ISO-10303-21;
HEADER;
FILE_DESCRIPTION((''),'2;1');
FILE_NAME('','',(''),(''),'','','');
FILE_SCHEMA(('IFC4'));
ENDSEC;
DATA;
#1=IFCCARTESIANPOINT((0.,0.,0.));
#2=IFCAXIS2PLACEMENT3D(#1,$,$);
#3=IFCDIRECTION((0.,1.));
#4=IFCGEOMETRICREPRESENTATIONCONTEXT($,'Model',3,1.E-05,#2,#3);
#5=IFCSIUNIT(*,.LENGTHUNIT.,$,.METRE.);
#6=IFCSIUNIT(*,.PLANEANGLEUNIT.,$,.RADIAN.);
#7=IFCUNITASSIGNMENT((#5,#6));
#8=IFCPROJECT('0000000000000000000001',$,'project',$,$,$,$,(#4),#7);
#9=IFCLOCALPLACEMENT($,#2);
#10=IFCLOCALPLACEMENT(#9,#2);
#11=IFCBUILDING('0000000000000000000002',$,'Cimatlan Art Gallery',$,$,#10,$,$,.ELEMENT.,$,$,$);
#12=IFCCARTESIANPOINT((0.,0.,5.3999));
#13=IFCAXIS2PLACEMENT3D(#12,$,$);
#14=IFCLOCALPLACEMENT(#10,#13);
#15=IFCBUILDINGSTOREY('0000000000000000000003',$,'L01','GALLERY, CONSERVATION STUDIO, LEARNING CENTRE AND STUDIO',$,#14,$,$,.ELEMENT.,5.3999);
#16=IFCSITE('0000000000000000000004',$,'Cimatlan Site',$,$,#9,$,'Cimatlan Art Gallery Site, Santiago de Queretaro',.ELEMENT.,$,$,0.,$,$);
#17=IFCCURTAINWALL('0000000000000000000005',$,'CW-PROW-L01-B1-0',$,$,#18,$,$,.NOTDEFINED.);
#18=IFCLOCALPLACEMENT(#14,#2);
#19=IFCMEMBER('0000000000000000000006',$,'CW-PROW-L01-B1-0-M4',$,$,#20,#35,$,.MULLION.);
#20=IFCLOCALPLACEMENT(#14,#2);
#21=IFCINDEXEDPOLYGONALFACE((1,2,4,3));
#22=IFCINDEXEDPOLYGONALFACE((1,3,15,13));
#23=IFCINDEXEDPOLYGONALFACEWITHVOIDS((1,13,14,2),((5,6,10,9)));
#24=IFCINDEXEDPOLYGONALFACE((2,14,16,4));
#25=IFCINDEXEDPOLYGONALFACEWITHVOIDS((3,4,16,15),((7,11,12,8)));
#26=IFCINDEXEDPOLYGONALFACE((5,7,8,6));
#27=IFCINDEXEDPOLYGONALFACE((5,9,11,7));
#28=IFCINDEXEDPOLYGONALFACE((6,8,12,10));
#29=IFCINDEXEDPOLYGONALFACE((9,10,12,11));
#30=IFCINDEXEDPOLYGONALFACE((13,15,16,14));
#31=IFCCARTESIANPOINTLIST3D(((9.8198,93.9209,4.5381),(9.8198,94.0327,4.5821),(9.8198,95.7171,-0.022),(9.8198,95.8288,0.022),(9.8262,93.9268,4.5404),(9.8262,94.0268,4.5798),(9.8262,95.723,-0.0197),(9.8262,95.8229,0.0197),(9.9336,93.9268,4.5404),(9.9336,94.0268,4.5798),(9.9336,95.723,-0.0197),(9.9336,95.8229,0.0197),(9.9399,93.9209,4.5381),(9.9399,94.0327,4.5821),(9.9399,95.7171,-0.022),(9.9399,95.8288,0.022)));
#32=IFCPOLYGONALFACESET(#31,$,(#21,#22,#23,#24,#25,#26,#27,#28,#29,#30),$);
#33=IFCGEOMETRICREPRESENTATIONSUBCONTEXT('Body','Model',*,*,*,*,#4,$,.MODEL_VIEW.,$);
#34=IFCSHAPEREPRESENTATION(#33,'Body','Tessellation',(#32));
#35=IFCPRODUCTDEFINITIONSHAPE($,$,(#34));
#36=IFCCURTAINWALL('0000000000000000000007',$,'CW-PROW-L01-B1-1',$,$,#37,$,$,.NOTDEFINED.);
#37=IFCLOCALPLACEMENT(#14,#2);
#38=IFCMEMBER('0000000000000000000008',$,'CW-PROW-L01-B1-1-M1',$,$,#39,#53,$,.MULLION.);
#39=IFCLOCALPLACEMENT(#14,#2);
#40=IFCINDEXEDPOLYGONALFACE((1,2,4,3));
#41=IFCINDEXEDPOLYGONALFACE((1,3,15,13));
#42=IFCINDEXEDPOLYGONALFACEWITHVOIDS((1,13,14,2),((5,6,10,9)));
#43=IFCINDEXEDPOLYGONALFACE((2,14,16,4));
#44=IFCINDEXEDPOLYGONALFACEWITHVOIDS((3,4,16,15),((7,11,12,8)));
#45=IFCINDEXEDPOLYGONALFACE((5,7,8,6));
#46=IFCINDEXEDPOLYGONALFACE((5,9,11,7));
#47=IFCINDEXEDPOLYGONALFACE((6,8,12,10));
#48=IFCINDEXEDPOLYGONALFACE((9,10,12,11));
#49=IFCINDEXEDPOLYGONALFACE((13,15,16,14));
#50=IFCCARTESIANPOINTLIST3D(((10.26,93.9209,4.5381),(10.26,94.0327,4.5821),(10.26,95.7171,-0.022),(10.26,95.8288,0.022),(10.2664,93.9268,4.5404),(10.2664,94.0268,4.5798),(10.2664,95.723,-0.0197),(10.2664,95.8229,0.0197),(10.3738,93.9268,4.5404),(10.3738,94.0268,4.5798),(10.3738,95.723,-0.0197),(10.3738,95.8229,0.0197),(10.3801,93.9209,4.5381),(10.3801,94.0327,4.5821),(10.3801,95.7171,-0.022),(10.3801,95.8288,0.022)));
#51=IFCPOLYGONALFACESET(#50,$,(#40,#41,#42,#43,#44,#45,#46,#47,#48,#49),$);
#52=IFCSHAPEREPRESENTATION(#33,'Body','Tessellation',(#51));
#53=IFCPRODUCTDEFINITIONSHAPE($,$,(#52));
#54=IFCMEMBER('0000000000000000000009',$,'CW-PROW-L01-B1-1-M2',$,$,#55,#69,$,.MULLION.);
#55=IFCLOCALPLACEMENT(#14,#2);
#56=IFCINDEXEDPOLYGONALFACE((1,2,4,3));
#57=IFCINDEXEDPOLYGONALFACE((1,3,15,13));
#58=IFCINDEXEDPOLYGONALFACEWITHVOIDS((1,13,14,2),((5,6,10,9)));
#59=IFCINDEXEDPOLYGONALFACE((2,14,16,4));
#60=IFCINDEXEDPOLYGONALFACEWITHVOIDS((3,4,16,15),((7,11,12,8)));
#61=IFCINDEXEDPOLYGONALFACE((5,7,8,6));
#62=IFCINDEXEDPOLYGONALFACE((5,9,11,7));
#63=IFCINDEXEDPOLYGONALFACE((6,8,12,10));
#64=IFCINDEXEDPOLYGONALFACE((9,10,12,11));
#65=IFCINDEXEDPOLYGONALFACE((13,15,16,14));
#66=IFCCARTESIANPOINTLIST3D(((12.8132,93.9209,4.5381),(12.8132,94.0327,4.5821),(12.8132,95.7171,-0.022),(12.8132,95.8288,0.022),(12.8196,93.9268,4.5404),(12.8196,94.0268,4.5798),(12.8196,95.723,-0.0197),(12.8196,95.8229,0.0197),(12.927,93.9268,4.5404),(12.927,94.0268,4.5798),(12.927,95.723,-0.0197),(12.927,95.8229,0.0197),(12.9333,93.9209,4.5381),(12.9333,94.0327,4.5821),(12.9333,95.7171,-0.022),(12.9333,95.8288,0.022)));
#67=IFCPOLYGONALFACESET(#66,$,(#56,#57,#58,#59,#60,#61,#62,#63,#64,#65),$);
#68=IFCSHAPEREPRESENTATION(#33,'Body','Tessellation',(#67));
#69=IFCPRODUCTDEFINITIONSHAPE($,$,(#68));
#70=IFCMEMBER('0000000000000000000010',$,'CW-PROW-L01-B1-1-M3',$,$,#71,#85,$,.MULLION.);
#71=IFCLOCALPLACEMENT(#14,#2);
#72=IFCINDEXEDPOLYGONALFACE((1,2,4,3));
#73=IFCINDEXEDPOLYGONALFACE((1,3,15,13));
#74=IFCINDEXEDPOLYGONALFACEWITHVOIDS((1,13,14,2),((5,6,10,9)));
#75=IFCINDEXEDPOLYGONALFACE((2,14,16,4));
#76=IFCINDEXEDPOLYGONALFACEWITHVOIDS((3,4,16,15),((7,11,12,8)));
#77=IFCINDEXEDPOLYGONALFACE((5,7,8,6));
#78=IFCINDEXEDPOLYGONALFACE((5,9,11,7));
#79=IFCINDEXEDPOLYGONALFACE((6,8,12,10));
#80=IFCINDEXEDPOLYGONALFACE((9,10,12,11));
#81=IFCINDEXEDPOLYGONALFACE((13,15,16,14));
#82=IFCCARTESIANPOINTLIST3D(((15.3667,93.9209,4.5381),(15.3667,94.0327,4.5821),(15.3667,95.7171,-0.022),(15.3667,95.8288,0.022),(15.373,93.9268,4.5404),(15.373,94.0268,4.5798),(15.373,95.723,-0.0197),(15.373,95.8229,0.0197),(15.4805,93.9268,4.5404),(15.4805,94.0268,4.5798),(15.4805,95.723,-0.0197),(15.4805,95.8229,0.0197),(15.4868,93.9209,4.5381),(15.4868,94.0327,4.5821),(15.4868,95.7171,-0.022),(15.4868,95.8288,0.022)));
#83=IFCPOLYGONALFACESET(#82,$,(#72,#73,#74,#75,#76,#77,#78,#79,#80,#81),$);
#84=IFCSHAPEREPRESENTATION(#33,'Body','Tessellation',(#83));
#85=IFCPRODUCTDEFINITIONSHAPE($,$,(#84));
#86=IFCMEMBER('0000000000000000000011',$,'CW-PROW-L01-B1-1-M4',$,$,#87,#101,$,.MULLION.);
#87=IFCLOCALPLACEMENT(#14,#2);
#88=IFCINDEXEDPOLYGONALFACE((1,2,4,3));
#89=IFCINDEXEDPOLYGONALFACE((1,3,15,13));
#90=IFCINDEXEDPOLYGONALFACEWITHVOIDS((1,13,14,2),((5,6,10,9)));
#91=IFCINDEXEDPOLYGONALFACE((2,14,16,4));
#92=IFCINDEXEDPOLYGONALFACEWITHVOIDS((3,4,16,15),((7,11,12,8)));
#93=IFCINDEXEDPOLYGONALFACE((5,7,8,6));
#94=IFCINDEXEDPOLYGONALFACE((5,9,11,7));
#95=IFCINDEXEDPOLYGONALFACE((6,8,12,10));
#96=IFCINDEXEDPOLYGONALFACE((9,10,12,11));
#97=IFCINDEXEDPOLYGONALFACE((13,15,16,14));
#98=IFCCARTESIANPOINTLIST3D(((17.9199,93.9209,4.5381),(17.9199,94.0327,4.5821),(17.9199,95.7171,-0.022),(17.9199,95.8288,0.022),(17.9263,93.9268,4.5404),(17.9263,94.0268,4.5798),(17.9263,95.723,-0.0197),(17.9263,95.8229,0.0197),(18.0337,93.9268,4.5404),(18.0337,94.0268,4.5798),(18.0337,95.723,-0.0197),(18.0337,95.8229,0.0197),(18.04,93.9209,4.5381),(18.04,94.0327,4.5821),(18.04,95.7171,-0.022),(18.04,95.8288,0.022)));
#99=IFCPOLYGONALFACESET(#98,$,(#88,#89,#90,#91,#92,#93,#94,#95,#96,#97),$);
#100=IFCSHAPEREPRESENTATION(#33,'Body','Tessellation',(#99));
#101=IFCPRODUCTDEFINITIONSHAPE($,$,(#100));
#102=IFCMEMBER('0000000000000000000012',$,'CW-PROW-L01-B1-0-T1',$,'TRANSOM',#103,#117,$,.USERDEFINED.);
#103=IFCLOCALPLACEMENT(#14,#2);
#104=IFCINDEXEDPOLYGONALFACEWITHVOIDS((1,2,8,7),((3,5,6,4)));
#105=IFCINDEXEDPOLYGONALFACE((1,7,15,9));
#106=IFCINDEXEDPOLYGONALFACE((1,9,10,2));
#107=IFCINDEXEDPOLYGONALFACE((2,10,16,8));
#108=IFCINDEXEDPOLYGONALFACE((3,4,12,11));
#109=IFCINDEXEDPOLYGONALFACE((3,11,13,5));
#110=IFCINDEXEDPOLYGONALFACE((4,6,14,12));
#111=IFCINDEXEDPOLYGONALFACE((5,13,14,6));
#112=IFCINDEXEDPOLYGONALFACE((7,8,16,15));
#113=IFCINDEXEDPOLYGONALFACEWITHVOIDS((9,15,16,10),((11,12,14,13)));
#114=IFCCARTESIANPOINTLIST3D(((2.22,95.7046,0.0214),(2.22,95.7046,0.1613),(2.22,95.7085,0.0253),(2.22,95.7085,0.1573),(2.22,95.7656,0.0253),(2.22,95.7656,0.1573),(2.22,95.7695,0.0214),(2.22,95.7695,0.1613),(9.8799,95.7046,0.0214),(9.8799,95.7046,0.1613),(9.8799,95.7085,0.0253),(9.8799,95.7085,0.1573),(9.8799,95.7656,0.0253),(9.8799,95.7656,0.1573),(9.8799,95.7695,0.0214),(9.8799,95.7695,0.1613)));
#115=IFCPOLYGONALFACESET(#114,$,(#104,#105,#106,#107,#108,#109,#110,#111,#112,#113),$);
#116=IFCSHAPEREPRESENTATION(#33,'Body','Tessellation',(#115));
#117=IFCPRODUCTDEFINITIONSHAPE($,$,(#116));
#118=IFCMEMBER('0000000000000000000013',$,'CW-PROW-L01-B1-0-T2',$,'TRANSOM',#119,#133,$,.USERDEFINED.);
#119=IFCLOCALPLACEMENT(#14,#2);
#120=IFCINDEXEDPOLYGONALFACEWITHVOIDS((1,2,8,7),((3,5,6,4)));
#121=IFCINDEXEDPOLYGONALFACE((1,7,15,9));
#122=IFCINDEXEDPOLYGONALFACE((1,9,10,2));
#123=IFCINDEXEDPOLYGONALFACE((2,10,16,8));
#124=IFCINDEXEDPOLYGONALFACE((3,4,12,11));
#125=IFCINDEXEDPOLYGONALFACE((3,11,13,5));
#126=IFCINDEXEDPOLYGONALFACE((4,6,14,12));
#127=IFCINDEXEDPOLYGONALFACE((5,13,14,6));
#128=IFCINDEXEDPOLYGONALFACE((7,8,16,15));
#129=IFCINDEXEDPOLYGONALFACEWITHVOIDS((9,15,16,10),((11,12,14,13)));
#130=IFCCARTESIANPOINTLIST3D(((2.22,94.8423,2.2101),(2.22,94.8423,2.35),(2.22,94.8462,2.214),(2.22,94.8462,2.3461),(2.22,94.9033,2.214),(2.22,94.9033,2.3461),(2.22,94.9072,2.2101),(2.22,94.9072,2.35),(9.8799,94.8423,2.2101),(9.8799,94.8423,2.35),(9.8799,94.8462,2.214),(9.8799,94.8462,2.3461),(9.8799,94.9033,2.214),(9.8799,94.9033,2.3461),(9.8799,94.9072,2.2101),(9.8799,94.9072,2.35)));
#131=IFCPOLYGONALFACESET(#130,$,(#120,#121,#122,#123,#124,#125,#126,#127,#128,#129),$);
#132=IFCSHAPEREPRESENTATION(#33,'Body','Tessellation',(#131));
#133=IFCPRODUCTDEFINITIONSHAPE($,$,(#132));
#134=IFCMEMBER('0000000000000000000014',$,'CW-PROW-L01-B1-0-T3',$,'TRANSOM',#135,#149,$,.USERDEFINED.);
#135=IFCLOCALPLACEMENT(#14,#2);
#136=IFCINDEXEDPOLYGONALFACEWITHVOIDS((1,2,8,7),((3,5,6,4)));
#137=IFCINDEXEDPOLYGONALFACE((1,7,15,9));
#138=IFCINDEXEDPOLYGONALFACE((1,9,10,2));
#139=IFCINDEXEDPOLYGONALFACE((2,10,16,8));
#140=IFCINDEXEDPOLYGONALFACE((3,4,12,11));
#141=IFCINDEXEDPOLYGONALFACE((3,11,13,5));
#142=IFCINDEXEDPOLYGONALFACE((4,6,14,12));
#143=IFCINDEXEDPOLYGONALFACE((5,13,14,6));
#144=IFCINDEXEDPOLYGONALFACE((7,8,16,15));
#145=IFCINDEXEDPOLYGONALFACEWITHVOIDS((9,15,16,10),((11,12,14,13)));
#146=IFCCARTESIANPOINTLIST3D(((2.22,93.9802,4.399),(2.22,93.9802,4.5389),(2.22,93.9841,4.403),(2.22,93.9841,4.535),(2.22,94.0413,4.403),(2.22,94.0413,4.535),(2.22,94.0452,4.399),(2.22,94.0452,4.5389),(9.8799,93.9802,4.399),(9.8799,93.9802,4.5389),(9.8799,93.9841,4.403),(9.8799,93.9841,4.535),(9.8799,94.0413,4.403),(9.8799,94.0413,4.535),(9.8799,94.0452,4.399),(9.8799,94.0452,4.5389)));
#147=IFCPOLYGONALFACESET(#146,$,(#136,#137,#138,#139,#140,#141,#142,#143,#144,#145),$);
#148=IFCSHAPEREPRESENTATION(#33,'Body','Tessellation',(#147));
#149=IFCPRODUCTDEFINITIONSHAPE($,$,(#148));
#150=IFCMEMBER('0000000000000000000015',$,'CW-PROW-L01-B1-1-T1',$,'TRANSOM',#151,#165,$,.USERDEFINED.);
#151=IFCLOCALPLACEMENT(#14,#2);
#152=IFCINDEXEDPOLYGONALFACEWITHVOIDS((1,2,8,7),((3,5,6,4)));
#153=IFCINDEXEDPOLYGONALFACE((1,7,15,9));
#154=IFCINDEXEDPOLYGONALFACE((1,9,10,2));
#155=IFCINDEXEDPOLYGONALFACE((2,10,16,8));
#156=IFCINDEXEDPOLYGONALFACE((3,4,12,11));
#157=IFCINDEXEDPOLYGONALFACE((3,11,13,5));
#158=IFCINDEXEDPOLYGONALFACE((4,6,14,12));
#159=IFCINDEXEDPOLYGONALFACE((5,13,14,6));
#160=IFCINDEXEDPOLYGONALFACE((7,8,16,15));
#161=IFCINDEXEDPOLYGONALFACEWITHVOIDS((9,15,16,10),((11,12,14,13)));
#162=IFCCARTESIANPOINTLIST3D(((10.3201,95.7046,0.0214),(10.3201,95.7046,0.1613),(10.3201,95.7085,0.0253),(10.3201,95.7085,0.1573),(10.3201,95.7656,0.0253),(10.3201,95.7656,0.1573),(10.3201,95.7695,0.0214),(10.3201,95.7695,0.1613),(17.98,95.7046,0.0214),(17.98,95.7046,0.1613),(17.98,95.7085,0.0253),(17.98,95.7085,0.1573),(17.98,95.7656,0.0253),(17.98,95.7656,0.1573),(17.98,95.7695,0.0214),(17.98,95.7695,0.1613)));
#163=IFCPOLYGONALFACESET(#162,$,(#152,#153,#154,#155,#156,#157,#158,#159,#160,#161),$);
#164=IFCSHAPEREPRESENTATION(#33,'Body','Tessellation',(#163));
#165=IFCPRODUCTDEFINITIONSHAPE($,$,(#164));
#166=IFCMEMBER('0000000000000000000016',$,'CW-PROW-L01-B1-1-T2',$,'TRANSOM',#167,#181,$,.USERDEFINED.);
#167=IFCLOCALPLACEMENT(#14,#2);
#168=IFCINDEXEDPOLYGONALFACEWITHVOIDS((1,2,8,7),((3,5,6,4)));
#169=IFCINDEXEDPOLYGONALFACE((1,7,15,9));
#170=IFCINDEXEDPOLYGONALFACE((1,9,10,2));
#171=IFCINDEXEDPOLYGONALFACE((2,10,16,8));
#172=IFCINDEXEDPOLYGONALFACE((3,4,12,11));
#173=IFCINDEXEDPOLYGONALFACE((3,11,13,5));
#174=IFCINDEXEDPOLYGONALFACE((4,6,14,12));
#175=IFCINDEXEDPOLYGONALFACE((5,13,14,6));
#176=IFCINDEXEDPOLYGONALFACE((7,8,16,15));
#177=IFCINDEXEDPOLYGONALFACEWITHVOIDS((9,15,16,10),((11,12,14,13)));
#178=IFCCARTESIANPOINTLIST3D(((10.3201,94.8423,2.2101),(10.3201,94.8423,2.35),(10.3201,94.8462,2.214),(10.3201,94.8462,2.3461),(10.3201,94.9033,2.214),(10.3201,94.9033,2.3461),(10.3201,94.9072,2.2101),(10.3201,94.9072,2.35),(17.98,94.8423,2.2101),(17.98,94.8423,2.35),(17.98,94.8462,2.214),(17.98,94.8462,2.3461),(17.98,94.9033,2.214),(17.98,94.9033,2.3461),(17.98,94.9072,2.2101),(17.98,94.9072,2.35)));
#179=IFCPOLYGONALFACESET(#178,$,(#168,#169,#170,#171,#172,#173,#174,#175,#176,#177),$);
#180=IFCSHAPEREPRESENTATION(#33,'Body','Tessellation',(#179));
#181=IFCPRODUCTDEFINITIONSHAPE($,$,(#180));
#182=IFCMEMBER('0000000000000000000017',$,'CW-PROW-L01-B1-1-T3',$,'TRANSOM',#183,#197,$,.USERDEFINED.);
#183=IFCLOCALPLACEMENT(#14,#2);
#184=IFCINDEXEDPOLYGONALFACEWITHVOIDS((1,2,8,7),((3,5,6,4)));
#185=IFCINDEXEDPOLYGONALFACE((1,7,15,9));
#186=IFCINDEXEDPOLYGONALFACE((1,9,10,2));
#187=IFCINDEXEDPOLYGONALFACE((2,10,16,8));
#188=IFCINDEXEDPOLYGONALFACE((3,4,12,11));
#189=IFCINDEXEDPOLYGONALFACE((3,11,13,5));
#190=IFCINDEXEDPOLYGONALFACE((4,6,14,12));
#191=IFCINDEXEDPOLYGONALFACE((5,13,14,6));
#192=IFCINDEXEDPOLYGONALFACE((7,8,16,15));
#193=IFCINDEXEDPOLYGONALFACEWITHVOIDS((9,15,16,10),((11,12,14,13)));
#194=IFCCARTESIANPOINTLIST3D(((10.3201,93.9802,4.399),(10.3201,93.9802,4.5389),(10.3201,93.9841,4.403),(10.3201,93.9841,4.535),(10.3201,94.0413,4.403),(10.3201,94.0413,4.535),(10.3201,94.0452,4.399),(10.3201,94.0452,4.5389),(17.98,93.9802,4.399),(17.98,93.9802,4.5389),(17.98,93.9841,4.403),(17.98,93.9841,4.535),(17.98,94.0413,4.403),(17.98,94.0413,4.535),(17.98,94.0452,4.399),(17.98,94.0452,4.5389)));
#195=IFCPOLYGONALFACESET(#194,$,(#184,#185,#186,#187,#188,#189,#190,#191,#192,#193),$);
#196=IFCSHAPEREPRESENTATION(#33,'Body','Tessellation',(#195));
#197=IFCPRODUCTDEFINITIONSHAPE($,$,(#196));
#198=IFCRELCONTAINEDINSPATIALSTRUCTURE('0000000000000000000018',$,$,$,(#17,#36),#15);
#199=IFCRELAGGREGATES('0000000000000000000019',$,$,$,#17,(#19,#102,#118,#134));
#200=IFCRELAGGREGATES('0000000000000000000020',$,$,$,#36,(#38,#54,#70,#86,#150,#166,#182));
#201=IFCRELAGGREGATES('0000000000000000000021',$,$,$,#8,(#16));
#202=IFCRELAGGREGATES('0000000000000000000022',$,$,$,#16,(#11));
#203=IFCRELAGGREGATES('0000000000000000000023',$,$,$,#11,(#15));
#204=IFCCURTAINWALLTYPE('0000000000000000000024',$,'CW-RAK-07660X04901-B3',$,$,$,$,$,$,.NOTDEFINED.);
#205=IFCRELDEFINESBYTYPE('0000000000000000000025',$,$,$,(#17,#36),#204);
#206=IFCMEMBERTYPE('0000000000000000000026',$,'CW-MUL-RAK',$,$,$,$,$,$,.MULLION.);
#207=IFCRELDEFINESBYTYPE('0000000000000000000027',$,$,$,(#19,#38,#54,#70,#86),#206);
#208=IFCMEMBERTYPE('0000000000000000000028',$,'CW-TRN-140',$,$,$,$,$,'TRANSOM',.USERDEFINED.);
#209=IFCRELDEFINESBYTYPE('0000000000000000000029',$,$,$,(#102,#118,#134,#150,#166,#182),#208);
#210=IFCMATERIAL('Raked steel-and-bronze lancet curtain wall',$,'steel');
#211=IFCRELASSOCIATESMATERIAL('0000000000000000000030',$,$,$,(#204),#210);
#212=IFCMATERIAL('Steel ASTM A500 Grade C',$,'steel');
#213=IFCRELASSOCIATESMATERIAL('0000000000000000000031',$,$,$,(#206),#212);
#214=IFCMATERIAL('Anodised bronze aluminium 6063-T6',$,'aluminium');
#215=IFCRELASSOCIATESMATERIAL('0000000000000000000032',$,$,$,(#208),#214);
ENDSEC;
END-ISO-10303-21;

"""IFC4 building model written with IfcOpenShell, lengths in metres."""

from ifc_helpers import new_model, si_unit, direction, frame, origin, origin_2d, place, context, subcontext, project, spatial, hollow_rectangle, extrude, material, material_profile, profile_set, type_object, element, aggregate, save


model = new_model("IFC4")

# Units and contexts
model_context = context("Model", 3, precision=1e-05, world=origin(), true_north=direction((0.0, 1.0)))
body_context = subcontext(model_context, "Body", "Model", "MODEL_VIEW")
ifc_project = project(units=[si_unit("LENGTHUNIT", "METRE"), si_unit("PLANEANGLEUNIT", "RADIAN")], contexts=[model_context])

# Site, building, storey
site_placement = place(None, origin())
site = spatial("IfcSite", under=ifc_project, at=site_placement, Name="Cimatlan Site", LongName="Cimatlan Art Gallery Site, Santiago de Queretaro", CompositionType="ELEMENT", RefElevation=0.0)
building_placement = place(site_placement, origin())
building = spatial("IfcBuilding", under=site, at=building_placement, Name="Cimatlan Art Gallery", CompositionType="ELEMENT")
storey_placement = place(building_placement, frame((0.0, 0.0, 5.3999)))
storey = spatial("IfcBuildingStorey", under=building, at=storey_placement, Name="L01", Description="GALLERY, CONSERVATION STUDIO, LEARNING CENTRE AND STUDIO", CompositionType="ELEMENT", Elevation=5.3999)

# Curtain walls, members
ifc_material_1 = material(Name="Raked steel-and-bronze lancet curtain wall", Category="steel")
curtain_wall_type = type_object("IfcCurtainWallType", Name="CW-RAK-07660X04901-B3", PredefinedType="NOTDEFINED", material=ifc_material_1)
curtain_wall_1_placement = place(storey_placement, origin())
curtain_wall_1 = element("IfcCurtainWall", 1, at=curtain_wall_1_placement, inside=storey, type_object=curtain_wall_type, Name="CW-PROW-L01-B1-0", PredefinedType="NOTDEFINED")
ifc_material_2 = material(Name="Steel ASTM A500 Grade C", Category="steel")
ifc_material_profile_1 = material_profile(ifc_material_2, hollow_rectangle(XDim=0.1201, YDim=0.1201, WallThickness=0.0063, at=origin_2d()), Name="HSS120X120X6")
ifc_profile_set_1 = profile_set([ifc_material_profile_1], Name="Steel ASTM A500 Grade C")
member_type_1 = type_object("IfcMemberType", Name="CW-MUL-RAK", PredefinedType="MULLION", material=ifc_profile_set_1)
member_1_placement = place(storey_placement, frame((9.8799, 95.7729, 0.0), z_axis=(0.0, -0.366481, 0.930425), x_axis=(1.0, 0.0, 0.0)))
member_1 = element("IfcMember", 2, at=member_1_placement, type_object=member_type_1, Name="CW-PROW-L01-B1-0-M4", PredefinedType="MULLION", context=body_context, shape_type="SweptSolid", body=[
    extrude(hollow_rectangle(XDim=0.1201, YDim=0.1201, WallThickness=0.0063, at=origin_2d()), origin(), (0.0, 0.0, 1.0), 4.9011),
])
curtain_wall_2_placement = place(storey_placement, origin())
curtain_wall_2 = element("IfcCurtainWall", 3, at=curtain_wall_2_placement, inside=storey, type_object=curtain_wall_type, Name="CW-PROW-L01-B1-1", PredefinedType="NOTDEFINED")
member_2_placement = place(storey_placement, frame((10.3201, 95.7729, 0.0), z_axis=(0.0, -0.366481, 0.930425), x_axis=(1.0, 0.0, 0.0)))
member_2 = element("IfcMember", 4, at=member_2_placement, type_object=member_type_1, Name="CW-PROW-L01-B1-1-M1", PredefinedType="MULLION", context=body_context, shape_type="SweptSolid", body=[
    extrude(hollow_rectangle(XDim=0.1201, YDim=0.1201, WallThickness=0.0063, at=origin_2d()), origin(), (0.0, 0.0, 1.0), 4.9011),
])
member_3_placement = place(storey_placement, frame((12.8733, 95.7729, 0.0), z_axis=(0.0, -0.366481, 0.930425), x_axis=(1.0, 0.0, 0.0)))
member_3 = element("IfcMember", 5, at=member_3_placement, type_object=member_type_1, Name="CW-PROW-L01-B1-1-M2", PredefinedType="MULLION", context=body_context, shape_type="SweptSolid", body=[
    extrude(hollow_rectangle(XDim=0.1201, YDim=0.1201, WallThickness=0.0063, at=origin_2d()), origin(), (0.0, 0.0, 1.0), 4.9011),
])
member_4_placement = place(storey_placement, frame((15.4268, 95.7729, 0.0), z_axis=(0.0, -0.366481, 0.930425), x_axis=(1.0, 0.0, 0.0)))
member_4 = element("IfcMember", 6, at=member_4_placement, type_object=member_type_1, Name="CW-PROW-L01-B1-1-M3", PredefinedType="MULLION", context=body_context, shape_type="SweptSolid", body=[
    extrude(hollow_rectangle(XDim=0.1201, YDim=0.1201, WallThickness=0.0063, at=origin_2d()), origin(), (0.0, 0.0, 1.0), 4.9011),
])
member_5_placement = place(storey_placement, frame((17.98, 95.7729, 0.0), z_axis=(0.0, -0.366481, 0.930425), x_axis=(1.0, 0.0, 0.0)))
member_5 = element("IfcMember", 7, at=member_5_placement, type_object=member_type_1, Name="CW-PROW-L01-B1-1-M4", PredefinedType="MULLION", context=body_context, shape_type="SweptSolid", body=[
    extrude(hollow_rectangle(XDim=0.1201, YDim=0.1201, WallThickness=0.0063, at=origin_2d()), origin(), (0.0, 0.0, 1.0), 4.9011),
])

# Members
ifc_material_3 = material(Name="Anodised bronze aluminium 6063-T6", Category="aluminium")
ifc_material_profile_2 = material_profile(ifc_material_3, hollow_rectangle(XDim=0.0649, YDim=0.1399, WallThickness=0.0039, at=origin_2d()), Name="ALU65X140X4")
ifc_profile_set_2 = profile_set([ifc_material_profile_2], Name="Anodised bronze aluminium 6063-T6")
member_type_2 = type_object("IfcMemberType", Name="CW-TRN-140", ElementType="TRANSOM", PredefinedType="USERDEFINED", material=ifc_profile_set_2)
member_6_placement = place(storey_placement, frame((2.22, 95.7371, 0.0913), z_axis=(1.0, 0.0, 0.0), x_axis=(0.0, 1.0, 0.0)))
member_6 = element("IfcMember", 8, at=member_6_placement, type_object=member_type_2, Name="CW-PROW-L01-B1-0-T1", ObjectType="TRANSOM", PredefinedType="USERDEFINED", context=body_context, shape_type="SweptSolid", body=[
    extrude(hollow_rectangle(XDim=0.0649, YDim=0.1399, WallThickness=0.0039, at=origin_2d()), origin(), (0.0, 0.0, 1.0), 7.6599),
])
member_7_placement = place(storey_placement, frame((2.22, 94.8748, 2.28), z_axis=(1.0, 0.0, 0.0), x_axis=(0.0, 1.0, 0.0)))
member_7 = element("IfcMember", 9, at=member_7_placement, type_object=member_type_2, Name="CW-PROW-L01-B1-0-T2", ObjectType="TRANSOM", PredefinedType="USERDEFINED", context=body_context, shape_type="SweptSolid", body=[
    extrude(hollow_rectangle(XDim=0.0649, YDim=0.1399, WallThickness=0.0039, at=origin_2d()), origin(), (0.0, 0.0, 1.0), 7.6599),
])
member_8_placement = place(storey_placement, frame((2.22, 94.0127, 4.469), z_axis=(1.0, 0.0, 0.0), x_axis=(0.0, 1.0, 0.0)))
member_8 = element("IfcMember", 10, at=member_8_placement, type_object=member_type_2, Name="CW-PROW-L01-B1-0-T3", ObjectType="TRANSOM", PredefinedType="USERDEFINED", context=body_context, shape_type="SweptSolid", body=[
    extrude(hollow_rectangle(XDim=0.0649, YDim=0.1399, WallThickness=0.0039, at=origin_2d()), origin(), (0.0, 0.0, 1.0), 7.6599),
])
member_9_placement = place(storey_placement, frame((10.3201, 95.7371, 0.0913), z_axis=(1.0, 0.0, 0.0), x_axis=(0.0, 1.0, 0.0)))
member_9 = element("IfcMember", 11, at=member_9_placement, type_object=member_type_2, Name="CW-PROW-L01-B1-1-T1", ObjectType="TRANSOM", PredefinedType="USERDEFINED", context=body_context, shape_type="SweptSolid", body=[
    extrude(hollow_rectangle(XDim=0.0649, YDim=0.1399, WallThickness=0.0039, at=origin_2d()), origin(), (0.0, 0.0, 1.0), 7.6599),
])
member_10_placement = place(storey_placement, frame((10.3201, 94.8748, 2.28), z_axis=(1.0, 0.0, 0.0), x_axis=(0.0, 1.0, 0.0)))
member_10 = element("IfcMember", 12, at=member_10_placement, type_object=member_type_2, Name="CW-PROW-L01-B1-1-T2", ObjectType="TRANSOM", PredefinedType="USERDEFINED", context=body_context, shape_type="SweptSolid", body=[
    extrude(hollow_rectangle(XDim=0.0649, YDim=0.1399, WallThickness=0.0039, at=origin_2d()), origin(), (0.0, 0.0, 1.0), 7.6599),
])
member_11_placement = place(storey_placement, frame((10.3201, 94.0127, 4.469), z_axis=(1.0, 0.0, 0.0), x_axis=(0.0, 1.0, 0.0)))
member_11 = element("IfcMember", 13, at=member_11_placement, type_object=member_type_2, Name="CW-PROW-L01-B1-1-T3", ObjectType="TRANSOM", PredefinedType="USERDEFINED", context=body_context, shape_type="SweptSolid", body=[
    extrude(hollow_rectangle(XDim=0.0649, YDim=0.1399, WallThickness=0.0039, at=origin_2d()), origin(), (0.0, 0.0, 1.0), 7.6599),
])

aggregate(curtain_wall_1, [member_1, member_6, member_7, member_8])
aggregate(curtain_wall_2, [member_2, member_3, member_4, member_5, member_9, member_10, member_11])

save(model, "model.ifc")
